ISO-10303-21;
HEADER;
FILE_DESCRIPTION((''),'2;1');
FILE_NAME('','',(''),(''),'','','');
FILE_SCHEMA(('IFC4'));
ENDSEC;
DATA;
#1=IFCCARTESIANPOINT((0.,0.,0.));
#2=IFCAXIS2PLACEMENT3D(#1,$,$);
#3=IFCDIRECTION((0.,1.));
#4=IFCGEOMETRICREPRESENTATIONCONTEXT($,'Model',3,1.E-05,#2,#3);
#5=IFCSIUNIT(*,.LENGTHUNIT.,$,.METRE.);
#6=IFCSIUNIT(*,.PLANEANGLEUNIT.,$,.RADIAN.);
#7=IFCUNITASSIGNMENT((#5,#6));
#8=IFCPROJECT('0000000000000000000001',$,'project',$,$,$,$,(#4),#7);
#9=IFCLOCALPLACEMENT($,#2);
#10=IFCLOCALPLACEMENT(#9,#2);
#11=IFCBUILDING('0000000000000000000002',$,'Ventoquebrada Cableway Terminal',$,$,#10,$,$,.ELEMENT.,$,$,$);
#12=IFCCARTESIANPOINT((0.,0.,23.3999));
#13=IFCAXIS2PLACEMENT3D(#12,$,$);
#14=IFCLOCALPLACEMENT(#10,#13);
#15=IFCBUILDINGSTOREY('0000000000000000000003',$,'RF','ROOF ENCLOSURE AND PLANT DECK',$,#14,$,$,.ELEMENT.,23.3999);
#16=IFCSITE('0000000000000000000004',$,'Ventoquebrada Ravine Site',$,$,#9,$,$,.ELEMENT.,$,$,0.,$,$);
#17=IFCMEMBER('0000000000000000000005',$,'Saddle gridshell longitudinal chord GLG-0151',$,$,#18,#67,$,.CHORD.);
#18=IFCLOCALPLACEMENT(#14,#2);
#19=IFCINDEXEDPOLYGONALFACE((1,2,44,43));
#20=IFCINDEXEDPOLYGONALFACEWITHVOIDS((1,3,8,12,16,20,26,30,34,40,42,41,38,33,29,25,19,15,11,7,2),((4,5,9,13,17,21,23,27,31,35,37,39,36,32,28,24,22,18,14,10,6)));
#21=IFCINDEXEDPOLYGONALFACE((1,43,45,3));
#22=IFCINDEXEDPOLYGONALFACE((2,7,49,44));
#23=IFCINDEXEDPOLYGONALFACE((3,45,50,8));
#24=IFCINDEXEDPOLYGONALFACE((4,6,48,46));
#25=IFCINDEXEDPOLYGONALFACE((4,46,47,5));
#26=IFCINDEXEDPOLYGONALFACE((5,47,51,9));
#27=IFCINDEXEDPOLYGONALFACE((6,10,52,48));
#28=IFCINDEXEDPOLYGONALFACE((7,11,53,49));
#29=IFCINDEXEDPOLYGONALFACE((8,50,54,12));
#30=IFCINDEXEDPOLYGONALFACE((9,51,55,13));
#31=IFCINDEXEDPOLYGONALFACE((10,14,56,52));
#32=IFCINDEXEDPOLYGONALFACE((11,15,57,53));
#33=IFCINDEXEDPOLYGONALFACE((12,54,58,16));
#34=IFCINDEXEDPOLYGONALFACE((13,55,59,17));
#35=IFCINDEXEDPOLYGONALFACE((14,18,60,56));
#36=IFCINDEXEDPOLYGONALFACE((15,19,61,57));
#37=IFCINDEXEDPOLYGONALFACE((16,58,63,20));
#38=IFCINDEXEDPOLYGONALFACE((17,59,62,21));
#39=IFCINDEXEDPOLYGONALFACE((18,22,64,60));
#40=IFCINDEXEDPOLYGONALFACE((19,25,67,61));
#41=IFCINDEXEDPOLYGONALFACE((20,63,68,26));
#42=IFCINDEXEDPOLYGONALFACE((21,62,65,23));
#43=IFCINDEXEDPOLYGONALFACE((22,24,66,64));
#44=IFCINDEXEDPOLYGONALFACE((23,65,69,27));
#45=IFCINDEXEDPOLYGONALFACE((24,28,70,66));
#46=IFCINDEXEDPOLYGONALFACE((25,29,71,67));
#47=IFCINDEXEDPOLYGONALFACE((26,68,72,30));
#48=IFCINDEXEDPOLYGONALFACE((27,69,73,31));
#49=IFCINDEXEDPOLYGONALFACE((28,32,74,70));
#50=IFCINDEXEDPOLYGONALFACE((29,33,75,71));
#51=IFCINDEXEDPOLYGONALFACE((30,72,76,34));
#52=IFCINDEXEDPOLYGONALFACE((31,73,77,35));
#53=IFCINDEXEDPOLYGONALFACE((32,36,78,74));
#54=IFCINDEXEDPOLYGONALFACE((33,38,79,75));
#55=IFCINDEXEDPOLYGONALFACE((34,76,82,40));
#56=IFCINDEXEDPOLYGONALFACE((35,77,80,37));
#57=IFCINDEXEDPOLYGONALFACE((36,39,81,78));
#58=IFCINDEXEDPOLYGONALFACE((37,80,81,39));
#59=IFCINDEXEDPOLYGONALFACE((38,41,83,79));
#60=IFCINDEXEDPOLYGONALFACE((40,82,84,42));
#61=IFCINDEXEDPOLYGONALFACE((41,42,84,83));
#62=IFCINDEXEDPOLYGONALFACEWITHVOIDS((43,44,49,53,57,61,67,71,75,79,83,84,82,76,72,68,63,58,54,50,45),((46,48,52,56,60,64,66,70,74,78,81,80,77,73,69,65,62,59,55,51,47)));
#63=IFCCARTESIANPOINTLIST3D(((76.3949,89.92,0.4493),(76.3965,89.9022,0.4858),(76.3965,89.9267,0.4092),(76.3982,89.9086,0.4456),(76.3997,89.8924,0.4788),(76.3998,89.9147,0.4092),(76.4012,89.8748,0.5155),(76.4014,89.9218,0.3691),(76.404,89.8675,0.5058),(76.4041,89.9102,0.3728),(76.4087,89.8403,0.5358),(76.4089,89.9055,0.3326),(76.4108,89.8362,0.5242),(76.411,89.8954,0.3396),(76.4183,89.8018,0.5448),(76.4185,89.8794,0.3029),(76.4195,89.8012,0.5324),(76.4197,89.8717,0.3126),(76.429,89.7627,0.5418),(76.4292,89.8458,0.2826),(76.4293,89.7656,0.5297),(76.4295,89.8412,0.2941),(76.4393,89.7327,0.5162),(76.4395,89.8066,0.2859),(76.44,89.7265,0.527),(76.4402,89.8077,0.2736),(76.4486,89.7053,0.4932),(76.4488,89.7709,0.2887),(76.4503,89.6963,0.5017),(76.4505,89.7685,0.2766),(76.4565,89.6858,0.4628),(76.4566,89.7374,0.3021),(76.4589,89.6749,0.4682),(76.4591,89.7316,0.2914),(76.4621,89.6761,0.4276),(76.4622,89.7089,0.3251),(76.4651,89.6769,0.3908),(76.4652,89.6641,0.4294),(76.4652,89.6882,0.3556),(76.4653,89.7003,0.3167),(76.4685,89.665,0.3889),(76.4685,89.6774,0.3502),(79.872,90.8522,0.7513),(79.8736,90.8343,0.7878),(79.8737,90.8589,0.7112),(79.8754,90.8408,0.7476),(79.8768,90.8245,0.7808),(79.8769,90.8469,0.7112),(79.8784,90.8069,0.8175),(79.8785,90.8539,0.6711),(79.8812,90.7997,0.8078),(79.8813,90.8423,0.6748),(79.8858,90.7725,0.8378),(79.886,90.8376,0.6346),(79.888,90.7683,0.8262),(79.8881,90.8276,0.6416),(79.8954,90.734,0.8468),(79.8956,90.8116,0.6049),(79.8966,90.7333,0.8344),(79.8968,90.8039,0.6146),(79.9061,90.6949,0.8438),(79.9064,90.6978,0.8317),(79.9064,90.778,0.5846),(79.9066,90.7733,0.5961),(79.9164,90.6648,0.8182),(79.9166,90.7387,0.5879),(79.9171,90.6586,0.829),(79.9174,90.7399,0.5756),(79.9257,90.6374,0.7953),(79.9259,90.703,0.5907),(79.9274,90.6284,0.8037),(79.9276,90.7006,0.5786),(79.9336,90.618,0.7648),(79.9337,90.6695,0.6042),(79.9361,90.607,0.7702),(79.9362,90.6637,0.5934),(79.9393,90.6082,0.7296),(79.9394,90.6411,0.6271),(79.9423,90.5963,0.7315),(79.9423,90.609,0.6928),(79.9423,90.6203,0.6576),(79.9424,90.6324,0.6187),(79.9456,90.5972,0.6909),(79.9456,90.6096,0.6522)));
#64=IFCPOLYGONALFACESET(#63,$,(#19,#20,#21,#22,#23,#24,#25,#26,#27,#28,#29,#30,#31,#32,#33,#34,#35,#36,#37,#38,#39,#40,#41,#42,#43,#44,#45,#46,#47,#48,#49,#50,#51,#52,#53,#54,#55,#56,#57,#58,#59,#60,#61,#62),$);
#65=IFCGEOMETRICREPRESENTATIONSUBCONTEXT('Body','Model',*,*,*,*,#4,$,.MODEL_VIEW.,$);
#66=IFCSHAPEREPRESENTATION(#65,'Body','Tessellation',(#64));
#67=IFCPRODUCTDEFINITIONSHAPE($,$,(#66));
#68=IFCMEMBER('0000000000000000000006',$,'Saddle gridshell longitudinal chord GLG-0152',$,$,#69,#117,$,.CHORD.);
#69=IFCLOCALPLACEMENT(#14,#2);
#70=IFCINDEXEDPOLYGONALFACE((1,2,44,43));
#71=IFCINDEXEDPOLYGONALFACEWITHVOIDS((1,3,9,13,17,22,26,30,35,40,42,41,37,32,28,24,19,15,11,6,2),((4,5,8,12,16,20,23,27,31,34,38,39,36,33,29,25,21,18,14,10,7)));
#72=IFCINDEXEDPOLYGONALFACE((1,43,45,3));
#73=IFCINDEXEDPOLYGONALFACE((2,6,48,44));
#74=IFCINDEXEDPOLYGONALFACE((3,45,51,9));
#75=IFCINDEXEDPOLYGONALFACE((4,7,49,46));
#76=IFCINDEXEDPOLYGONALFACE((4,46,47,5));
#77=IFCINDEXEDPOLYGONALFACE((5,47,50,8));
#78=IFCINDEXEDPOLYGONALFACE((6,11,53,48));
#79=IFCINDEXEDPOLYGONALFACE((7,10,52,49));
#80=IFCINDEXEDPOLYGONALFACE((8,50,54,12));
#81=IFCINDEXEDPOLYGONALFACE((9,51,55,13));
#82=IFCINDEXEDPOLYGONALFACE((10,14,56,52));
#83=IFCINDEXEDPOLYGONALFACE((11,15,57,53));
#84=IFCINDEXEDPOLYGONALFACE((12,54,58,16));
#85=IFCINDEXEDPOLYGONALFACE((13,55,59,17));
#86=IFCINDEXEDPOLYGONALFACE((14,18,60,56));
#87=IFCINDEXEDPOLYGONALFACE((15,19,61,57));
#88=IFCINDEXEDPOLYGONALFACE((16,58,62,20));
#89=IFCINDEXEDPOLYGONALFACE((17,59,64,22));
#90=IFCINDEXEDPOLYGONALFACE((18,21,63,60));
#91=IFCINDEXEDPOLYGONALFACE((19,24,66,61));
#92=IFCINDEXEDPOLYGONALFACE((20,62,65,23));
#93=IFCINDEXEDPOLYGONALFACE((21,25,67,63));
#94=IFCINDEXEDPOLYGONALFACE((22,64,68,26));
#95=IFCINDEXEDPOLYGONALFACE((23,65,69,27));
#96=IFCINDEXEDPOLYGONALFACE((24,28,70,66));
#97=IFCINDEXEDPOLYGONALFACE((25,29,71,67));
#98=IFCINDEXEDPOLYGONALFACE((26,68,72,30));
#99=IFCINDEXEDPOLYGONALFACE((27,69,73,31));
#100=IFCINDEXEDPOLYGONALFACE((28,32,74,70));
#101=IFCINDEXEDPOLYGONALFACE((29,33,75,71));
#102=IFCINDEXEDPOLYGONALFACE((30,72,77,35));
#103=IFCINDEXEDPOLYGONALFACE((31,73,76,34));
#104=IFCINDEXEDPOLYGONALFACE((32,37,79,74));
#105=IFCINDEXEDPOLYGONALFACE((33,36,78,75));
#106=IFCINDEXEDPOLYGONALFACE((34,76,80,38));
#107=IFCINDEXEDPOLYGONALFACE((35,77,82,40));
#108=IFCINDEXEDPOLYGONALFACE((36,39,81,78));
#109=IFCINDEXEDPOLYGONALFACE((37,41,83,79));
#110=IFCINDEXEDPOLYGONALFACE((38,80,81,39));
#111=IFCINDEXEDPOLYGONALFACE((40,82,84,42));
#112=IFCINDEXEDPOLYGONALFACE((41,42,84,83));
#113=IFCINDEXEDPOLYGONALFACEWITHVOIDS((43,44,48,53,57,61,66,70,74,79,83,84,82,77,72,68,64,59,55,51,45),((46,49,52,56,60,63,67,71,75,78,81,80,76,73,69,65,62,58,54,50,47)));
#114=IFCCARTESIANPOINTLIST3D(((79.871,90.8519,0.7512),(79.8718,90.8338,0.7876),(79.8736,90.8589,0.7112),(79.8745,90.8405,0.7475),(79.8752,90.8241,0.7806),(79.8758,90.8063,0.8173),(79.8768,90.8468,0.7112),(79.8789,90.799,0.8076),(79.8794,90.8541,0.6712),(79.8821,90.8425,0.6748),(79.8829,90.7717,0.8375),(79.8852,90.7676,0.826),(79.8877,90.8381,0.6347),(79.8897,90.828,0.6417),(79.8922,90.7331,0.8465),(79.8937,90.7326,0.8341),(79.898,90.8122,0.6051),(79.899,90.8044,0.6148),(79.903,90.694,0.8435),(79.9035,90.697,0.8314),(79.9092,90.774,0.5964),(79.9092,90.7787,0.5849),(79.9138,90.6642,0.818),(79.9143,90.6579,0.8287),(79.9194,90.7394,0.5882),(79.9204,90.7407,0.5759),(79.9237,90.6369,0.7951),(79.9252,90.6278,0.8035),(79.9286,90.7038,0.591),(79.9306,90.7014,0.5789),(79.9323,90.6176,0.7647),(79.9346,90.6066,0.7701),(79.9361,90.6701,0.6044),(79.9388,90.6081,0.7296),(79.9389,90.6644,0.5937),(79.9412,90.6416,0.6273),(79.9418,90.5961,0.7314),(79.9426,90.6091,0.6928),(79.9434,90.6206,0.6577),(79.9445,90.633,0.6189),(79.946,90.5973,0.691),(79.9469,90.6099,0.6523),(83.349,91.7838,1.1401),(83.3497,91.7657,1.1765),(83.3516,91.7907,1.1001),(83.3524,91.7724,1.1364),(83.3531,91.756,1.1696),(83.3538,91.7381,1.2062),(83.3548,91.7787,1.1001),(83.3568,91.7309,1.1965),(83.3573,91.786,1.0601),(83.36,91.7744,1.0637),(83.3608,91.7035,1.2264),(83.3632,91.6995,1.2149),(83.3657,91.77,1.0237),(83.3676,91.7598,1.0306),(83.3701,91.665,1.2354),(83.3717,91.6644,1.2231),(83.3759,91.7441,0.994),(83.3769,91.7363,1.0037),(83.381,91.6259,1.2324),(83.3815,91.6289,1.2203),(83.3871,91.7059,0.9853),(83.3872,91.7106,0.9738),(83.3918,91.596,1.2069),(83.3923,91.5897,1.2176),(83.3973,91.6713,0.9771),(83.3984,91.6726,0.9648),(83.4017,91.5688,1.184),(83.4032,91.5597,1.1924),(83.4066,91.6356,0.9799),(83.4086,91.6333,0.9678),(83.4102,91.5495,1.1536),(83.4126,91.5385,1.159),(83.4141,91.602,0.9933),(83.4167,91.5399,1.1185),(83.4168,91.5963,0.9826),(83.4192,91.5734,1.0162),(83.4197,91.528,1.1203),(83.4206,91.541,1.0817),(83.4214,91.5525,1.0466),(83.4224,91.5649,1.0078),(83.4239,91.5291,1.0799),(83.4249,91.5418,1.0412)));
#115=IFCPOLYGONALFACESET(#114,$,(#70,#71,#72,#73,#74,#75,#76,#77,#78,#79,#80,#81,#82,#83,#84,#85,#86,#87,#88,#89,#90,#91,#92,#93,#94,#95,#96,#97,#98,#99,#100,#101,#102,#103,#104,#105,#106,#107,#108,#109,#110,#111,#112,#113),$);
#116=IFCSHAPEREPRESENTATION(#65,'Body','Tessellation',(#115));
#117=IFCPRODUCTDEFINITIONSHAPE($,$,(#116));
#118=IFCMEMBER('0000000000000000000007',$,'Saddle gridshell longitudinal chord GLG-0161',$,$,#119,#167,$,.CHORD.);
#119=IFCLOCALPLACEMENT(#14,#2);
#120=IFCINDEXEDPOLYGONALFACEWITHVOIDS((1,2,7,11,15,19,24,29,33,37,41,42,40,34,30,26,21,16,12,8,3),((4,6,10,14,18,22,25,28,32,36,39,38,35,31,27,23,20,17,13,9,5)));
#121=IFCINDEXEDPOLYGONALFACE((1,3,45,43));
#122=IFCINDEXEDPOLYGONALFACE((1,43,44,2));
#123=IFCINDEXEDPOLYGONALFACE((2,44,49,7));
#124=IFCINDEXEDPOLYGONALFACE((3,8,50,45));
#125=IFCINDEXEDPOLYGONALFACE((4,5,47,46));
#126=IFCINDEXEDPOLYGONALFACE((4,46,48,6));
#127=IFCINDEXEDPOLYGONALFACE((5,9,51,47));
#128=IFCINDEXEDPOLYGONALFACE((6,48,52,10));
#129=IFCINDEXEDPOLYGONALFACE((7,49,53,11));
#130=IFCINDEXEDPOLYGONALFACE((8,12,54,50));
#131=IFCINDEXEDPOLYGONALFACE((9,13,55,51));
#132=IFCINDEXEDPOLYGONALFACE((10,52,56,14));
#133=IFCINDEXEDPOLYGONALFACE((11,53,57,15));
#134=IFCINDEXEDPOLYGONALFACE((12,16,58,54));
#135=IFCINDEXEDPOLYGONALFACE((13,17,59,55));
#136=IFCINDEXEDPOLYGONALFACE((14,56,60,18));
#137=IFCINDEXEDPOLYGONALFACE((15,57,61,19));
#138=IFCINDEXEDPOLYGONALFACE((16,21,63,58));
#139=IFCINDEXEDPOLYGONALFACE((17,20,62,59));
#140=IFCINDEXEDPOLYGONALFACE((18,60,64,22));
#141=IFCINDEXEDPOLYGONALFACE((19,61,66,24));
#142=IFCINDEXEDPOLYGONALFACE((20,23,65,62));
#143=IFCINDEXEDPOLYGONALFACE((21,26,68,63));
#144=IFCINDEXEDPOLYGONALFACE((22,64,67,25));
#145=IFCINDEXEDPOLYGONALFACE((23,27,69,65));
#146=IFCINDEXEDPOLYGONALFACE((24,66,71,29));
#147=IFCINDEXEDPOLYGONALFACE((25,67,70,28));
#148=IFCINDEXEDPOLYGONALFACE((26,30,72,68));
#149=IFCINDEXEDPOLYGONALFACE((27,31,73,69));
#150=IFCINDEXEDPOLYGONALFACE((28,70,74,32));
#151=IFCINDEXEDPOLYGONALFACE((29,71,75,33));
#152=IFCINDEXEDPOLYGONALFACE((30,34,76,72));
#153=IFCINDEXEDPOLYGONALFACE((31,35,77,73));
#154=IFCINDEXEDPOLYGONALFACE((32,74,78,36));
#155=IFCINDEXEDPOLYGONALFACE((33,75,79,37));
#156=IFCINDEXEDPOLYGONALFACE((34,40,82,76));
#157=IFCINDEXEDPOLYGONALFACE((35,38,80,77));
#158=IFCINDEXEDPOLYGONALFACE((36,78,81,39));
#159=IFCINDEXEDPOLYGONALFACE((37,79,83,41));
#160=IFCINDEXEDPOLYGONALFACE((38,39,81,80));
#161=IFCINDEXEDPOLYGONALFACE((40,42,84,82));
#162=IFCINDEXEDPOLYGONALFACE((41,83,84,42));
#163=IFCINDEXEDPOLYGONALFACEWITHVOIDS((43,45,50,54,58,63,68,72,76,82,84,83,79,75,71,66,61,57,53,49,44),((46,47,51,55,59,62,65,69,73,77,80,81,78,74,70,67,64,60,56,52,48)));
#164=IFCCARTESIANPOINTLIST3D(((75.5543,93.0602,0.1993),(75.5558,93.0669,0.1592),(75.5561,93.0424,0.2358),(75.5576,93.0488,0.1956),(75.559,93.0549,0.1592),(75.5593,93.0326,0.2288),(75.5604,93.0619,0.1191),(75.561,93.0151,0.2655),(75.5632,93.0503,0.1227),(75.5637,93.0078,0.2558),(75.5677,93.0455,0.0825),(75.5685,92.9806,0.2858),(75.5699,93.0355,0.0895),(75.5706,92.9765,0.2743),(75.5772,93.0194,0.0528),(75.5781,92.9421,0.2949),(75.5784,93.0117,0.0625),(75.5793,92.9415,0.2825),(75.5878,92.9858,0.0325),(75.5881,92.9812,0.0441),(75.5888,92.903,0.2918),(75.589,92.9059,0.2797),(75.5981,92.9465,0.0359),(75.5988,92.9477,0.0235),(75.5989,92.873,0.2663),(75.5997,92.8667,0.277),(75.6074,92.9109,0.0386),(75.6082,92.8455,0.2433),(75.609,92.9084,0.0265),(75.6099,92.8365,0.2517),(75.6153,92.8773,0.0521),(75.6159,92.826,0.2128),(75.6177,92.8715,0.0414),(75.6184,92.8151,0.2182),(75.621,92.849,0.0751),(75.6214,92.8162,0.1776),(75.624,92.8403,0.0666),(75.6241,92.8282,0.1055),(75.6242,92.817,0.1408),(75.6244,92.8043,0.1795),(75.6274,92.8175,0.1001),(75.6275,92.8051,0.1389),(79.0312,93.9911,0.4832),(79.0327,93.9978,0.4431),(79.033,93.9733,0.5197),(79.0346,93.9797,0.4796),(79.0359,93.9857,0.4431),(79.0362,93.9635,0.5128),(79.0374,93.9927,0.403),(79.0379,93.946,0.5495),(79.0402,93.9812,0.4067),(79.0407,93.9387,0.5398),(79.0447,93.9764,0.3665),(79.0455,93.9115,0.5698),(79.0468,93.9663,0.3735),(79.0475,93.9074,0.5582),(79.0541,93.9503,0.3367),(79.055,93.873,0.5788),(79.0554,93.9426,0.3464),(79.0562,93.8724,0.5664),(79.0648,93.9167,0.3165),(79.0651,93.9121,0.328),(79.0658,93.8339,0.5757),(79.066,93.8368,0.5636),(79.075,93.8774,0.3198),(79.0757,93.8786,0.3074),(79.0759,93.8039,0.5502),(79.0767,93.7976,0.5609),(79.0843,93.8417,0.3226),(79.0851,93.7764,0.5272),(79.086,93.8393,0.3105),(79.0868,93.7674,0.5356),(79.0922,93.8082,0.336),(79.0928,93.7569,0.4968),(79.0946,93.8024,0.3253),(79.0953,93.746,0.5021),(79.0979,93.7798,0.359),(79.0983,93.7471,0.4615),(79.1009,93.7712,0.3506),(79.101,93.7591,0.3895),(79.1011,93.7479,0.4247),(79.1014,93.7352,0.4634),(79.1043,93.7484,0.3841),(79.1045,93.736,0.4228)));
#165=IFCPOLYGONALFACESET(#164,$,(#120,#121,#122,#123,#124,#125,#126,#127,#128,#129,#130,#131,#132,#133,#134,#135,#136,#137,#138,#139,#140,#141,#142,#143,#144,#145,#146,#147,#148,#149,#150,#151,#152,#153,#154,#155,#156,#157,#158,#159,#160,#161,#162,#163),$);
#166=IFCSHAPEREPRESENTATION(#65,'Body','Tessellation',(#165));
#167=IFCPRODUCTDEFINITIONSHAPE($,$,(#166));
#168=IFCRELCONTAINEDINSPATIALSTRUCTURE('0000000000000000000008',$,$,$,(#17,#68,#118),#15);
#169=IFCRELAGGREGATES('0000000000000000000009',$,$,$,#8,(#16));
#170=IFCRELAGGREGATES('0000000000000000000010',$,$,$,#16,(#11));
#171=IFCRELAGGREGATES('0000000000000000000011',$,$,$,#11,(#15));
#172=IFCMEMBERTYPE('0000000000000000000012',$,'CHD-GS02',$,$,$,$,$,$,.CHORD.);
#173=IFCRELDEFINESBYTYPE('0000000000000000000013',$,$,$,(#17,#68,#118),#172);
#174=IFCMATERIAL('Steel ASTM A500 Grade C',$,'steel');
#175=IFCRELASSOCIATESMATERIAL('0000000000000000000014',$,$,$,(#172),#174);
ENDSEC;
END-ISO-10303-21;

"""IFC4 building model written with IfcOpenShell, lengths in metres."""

from ifc_helpers import new_model, si_unit, direction, frame, origin, origin_2d, place, context, subcontext, project, spatial, hollow_circle, extrude, material, material_profile, profile_set, type_object, element, save


model = new_model("IFC4")

# Units and contexts
model_context = context("Model", 3, precision=1e-05, world=origin(), true_north=direction((0.0, 1.0)))
body_context = subcontext(model_context, "Body", "Model", "MODEL_VIEW")
ifc_project = project(units=[si_unit("LENGTHUNIT", "METRE"), si_unit("PLANEANGLEUNIT", "RADIAN")], contexts=[model_context])

# Site, building, storey
site_placement = place(None, origin())
site = spatial("IfcSite", under=ifc_project, at=site_placement, Name="Ventoquebrada Ravine Site", CompositionType="ELEMENT", RefElevation=0.0)
building_placement = place(site_placement, origin())
building = spatial("IfcBuilding", under=site, at=building_placement, Name="Ventoquebrada Cableway Terminal", CompositionType="ELEMENT")
storey_placement = place(building_placement, frame((0.0, 0.0, 23.3999)))
storey = spatial("IfcBuildingStorey", under=building, at=storey_placement, Name="RF", Description="ROOF ENCLOSURE AND PLANT DECK", CompositionType="ELEMENT", Elevation=23.3999)

# Members
ifc_material_1 = material(Name="Steel ASTM A500 Grade C", Category="steel")
ifc_material_profile_1 = material_profile(ifc_material_1, hollow_circle(Radius=0.1365, WallThickness=0.0125, at=origin_2d()), Name="CHS273.0X12.5")
ifc_profile_set_1 = profile_set([ifc_material_profile_1], Name="Steel ASTM A500 Grade C")
member_type_1 = type_object("IfcMemberType", Name="CHD-GS02", PredefinedType="CHORD", material=ifc_profile_set_1)
member_1_placement = place(storey_placement, frame((76.4319, 89.7949, 0.4092), z_axis=(0.962513, 0.258031, 0.0836), x_axis=(-0.258937, 0.965894, 0.0)))
element("IfcMember", 1, at=member_1_placement, inside=storey, type_object=member_type_1, Name="Saddle gridshell longitudinal chord GLG-0151", PredefinedType="CHORD", context=body_context, shape_type="SweptSolid", body=[
    extrude(hollow_circle(Radius=0.1365, WallThickness=0.0125, at=origin_2d()), origin(), (0.0, 0.0, 1.0), 3.6125),
])
member_2_placement = place(storey_placement, frame((79.9089, 90.7271, 0.7112), z_axis=(0.960344, 0.25731, 0.107386), x_axis=(-0.258806, 0.965929, 0.0)))
element("IfcMember", 2, at=member_2_placement, inside=storey, type_object=member_type_1, Name="Saddle gridshell longitudinal chord GLG-0152", PredefinedType="CHORD", context=body_context, shape_type="SweptSolid", body=[
    extrude(hollow_circle(Radius=0.1365, WallThickness=0.0125, at=origin_2d()), origin(), (0.0, 0.0, 1.0), 3.6216),
])
member_3_placement = place(storey_placement, frame((75.5911, 92.9351, 0.1592), z_axis=(0.962988, 0.25782, 0.078637), x_axis=(-0.258621, 0.965979, 0.0)))
element("IfcMember", 3, at=member_3_placement, inside=storey, type_object=member_type_1, Name="Saddle gridshell longitudinal chord GLG-0161", PredefinedType="CHORD", context=body_context, shape_type="SweptSolid", body=[
    extrude(hollow_circle(Radius=0.1365, WallThickness=0.0125, at=origin_2d()), origin(), (0.0, 0.0, 1.0), 3.6106),
])

save(model, "model.ifc")
